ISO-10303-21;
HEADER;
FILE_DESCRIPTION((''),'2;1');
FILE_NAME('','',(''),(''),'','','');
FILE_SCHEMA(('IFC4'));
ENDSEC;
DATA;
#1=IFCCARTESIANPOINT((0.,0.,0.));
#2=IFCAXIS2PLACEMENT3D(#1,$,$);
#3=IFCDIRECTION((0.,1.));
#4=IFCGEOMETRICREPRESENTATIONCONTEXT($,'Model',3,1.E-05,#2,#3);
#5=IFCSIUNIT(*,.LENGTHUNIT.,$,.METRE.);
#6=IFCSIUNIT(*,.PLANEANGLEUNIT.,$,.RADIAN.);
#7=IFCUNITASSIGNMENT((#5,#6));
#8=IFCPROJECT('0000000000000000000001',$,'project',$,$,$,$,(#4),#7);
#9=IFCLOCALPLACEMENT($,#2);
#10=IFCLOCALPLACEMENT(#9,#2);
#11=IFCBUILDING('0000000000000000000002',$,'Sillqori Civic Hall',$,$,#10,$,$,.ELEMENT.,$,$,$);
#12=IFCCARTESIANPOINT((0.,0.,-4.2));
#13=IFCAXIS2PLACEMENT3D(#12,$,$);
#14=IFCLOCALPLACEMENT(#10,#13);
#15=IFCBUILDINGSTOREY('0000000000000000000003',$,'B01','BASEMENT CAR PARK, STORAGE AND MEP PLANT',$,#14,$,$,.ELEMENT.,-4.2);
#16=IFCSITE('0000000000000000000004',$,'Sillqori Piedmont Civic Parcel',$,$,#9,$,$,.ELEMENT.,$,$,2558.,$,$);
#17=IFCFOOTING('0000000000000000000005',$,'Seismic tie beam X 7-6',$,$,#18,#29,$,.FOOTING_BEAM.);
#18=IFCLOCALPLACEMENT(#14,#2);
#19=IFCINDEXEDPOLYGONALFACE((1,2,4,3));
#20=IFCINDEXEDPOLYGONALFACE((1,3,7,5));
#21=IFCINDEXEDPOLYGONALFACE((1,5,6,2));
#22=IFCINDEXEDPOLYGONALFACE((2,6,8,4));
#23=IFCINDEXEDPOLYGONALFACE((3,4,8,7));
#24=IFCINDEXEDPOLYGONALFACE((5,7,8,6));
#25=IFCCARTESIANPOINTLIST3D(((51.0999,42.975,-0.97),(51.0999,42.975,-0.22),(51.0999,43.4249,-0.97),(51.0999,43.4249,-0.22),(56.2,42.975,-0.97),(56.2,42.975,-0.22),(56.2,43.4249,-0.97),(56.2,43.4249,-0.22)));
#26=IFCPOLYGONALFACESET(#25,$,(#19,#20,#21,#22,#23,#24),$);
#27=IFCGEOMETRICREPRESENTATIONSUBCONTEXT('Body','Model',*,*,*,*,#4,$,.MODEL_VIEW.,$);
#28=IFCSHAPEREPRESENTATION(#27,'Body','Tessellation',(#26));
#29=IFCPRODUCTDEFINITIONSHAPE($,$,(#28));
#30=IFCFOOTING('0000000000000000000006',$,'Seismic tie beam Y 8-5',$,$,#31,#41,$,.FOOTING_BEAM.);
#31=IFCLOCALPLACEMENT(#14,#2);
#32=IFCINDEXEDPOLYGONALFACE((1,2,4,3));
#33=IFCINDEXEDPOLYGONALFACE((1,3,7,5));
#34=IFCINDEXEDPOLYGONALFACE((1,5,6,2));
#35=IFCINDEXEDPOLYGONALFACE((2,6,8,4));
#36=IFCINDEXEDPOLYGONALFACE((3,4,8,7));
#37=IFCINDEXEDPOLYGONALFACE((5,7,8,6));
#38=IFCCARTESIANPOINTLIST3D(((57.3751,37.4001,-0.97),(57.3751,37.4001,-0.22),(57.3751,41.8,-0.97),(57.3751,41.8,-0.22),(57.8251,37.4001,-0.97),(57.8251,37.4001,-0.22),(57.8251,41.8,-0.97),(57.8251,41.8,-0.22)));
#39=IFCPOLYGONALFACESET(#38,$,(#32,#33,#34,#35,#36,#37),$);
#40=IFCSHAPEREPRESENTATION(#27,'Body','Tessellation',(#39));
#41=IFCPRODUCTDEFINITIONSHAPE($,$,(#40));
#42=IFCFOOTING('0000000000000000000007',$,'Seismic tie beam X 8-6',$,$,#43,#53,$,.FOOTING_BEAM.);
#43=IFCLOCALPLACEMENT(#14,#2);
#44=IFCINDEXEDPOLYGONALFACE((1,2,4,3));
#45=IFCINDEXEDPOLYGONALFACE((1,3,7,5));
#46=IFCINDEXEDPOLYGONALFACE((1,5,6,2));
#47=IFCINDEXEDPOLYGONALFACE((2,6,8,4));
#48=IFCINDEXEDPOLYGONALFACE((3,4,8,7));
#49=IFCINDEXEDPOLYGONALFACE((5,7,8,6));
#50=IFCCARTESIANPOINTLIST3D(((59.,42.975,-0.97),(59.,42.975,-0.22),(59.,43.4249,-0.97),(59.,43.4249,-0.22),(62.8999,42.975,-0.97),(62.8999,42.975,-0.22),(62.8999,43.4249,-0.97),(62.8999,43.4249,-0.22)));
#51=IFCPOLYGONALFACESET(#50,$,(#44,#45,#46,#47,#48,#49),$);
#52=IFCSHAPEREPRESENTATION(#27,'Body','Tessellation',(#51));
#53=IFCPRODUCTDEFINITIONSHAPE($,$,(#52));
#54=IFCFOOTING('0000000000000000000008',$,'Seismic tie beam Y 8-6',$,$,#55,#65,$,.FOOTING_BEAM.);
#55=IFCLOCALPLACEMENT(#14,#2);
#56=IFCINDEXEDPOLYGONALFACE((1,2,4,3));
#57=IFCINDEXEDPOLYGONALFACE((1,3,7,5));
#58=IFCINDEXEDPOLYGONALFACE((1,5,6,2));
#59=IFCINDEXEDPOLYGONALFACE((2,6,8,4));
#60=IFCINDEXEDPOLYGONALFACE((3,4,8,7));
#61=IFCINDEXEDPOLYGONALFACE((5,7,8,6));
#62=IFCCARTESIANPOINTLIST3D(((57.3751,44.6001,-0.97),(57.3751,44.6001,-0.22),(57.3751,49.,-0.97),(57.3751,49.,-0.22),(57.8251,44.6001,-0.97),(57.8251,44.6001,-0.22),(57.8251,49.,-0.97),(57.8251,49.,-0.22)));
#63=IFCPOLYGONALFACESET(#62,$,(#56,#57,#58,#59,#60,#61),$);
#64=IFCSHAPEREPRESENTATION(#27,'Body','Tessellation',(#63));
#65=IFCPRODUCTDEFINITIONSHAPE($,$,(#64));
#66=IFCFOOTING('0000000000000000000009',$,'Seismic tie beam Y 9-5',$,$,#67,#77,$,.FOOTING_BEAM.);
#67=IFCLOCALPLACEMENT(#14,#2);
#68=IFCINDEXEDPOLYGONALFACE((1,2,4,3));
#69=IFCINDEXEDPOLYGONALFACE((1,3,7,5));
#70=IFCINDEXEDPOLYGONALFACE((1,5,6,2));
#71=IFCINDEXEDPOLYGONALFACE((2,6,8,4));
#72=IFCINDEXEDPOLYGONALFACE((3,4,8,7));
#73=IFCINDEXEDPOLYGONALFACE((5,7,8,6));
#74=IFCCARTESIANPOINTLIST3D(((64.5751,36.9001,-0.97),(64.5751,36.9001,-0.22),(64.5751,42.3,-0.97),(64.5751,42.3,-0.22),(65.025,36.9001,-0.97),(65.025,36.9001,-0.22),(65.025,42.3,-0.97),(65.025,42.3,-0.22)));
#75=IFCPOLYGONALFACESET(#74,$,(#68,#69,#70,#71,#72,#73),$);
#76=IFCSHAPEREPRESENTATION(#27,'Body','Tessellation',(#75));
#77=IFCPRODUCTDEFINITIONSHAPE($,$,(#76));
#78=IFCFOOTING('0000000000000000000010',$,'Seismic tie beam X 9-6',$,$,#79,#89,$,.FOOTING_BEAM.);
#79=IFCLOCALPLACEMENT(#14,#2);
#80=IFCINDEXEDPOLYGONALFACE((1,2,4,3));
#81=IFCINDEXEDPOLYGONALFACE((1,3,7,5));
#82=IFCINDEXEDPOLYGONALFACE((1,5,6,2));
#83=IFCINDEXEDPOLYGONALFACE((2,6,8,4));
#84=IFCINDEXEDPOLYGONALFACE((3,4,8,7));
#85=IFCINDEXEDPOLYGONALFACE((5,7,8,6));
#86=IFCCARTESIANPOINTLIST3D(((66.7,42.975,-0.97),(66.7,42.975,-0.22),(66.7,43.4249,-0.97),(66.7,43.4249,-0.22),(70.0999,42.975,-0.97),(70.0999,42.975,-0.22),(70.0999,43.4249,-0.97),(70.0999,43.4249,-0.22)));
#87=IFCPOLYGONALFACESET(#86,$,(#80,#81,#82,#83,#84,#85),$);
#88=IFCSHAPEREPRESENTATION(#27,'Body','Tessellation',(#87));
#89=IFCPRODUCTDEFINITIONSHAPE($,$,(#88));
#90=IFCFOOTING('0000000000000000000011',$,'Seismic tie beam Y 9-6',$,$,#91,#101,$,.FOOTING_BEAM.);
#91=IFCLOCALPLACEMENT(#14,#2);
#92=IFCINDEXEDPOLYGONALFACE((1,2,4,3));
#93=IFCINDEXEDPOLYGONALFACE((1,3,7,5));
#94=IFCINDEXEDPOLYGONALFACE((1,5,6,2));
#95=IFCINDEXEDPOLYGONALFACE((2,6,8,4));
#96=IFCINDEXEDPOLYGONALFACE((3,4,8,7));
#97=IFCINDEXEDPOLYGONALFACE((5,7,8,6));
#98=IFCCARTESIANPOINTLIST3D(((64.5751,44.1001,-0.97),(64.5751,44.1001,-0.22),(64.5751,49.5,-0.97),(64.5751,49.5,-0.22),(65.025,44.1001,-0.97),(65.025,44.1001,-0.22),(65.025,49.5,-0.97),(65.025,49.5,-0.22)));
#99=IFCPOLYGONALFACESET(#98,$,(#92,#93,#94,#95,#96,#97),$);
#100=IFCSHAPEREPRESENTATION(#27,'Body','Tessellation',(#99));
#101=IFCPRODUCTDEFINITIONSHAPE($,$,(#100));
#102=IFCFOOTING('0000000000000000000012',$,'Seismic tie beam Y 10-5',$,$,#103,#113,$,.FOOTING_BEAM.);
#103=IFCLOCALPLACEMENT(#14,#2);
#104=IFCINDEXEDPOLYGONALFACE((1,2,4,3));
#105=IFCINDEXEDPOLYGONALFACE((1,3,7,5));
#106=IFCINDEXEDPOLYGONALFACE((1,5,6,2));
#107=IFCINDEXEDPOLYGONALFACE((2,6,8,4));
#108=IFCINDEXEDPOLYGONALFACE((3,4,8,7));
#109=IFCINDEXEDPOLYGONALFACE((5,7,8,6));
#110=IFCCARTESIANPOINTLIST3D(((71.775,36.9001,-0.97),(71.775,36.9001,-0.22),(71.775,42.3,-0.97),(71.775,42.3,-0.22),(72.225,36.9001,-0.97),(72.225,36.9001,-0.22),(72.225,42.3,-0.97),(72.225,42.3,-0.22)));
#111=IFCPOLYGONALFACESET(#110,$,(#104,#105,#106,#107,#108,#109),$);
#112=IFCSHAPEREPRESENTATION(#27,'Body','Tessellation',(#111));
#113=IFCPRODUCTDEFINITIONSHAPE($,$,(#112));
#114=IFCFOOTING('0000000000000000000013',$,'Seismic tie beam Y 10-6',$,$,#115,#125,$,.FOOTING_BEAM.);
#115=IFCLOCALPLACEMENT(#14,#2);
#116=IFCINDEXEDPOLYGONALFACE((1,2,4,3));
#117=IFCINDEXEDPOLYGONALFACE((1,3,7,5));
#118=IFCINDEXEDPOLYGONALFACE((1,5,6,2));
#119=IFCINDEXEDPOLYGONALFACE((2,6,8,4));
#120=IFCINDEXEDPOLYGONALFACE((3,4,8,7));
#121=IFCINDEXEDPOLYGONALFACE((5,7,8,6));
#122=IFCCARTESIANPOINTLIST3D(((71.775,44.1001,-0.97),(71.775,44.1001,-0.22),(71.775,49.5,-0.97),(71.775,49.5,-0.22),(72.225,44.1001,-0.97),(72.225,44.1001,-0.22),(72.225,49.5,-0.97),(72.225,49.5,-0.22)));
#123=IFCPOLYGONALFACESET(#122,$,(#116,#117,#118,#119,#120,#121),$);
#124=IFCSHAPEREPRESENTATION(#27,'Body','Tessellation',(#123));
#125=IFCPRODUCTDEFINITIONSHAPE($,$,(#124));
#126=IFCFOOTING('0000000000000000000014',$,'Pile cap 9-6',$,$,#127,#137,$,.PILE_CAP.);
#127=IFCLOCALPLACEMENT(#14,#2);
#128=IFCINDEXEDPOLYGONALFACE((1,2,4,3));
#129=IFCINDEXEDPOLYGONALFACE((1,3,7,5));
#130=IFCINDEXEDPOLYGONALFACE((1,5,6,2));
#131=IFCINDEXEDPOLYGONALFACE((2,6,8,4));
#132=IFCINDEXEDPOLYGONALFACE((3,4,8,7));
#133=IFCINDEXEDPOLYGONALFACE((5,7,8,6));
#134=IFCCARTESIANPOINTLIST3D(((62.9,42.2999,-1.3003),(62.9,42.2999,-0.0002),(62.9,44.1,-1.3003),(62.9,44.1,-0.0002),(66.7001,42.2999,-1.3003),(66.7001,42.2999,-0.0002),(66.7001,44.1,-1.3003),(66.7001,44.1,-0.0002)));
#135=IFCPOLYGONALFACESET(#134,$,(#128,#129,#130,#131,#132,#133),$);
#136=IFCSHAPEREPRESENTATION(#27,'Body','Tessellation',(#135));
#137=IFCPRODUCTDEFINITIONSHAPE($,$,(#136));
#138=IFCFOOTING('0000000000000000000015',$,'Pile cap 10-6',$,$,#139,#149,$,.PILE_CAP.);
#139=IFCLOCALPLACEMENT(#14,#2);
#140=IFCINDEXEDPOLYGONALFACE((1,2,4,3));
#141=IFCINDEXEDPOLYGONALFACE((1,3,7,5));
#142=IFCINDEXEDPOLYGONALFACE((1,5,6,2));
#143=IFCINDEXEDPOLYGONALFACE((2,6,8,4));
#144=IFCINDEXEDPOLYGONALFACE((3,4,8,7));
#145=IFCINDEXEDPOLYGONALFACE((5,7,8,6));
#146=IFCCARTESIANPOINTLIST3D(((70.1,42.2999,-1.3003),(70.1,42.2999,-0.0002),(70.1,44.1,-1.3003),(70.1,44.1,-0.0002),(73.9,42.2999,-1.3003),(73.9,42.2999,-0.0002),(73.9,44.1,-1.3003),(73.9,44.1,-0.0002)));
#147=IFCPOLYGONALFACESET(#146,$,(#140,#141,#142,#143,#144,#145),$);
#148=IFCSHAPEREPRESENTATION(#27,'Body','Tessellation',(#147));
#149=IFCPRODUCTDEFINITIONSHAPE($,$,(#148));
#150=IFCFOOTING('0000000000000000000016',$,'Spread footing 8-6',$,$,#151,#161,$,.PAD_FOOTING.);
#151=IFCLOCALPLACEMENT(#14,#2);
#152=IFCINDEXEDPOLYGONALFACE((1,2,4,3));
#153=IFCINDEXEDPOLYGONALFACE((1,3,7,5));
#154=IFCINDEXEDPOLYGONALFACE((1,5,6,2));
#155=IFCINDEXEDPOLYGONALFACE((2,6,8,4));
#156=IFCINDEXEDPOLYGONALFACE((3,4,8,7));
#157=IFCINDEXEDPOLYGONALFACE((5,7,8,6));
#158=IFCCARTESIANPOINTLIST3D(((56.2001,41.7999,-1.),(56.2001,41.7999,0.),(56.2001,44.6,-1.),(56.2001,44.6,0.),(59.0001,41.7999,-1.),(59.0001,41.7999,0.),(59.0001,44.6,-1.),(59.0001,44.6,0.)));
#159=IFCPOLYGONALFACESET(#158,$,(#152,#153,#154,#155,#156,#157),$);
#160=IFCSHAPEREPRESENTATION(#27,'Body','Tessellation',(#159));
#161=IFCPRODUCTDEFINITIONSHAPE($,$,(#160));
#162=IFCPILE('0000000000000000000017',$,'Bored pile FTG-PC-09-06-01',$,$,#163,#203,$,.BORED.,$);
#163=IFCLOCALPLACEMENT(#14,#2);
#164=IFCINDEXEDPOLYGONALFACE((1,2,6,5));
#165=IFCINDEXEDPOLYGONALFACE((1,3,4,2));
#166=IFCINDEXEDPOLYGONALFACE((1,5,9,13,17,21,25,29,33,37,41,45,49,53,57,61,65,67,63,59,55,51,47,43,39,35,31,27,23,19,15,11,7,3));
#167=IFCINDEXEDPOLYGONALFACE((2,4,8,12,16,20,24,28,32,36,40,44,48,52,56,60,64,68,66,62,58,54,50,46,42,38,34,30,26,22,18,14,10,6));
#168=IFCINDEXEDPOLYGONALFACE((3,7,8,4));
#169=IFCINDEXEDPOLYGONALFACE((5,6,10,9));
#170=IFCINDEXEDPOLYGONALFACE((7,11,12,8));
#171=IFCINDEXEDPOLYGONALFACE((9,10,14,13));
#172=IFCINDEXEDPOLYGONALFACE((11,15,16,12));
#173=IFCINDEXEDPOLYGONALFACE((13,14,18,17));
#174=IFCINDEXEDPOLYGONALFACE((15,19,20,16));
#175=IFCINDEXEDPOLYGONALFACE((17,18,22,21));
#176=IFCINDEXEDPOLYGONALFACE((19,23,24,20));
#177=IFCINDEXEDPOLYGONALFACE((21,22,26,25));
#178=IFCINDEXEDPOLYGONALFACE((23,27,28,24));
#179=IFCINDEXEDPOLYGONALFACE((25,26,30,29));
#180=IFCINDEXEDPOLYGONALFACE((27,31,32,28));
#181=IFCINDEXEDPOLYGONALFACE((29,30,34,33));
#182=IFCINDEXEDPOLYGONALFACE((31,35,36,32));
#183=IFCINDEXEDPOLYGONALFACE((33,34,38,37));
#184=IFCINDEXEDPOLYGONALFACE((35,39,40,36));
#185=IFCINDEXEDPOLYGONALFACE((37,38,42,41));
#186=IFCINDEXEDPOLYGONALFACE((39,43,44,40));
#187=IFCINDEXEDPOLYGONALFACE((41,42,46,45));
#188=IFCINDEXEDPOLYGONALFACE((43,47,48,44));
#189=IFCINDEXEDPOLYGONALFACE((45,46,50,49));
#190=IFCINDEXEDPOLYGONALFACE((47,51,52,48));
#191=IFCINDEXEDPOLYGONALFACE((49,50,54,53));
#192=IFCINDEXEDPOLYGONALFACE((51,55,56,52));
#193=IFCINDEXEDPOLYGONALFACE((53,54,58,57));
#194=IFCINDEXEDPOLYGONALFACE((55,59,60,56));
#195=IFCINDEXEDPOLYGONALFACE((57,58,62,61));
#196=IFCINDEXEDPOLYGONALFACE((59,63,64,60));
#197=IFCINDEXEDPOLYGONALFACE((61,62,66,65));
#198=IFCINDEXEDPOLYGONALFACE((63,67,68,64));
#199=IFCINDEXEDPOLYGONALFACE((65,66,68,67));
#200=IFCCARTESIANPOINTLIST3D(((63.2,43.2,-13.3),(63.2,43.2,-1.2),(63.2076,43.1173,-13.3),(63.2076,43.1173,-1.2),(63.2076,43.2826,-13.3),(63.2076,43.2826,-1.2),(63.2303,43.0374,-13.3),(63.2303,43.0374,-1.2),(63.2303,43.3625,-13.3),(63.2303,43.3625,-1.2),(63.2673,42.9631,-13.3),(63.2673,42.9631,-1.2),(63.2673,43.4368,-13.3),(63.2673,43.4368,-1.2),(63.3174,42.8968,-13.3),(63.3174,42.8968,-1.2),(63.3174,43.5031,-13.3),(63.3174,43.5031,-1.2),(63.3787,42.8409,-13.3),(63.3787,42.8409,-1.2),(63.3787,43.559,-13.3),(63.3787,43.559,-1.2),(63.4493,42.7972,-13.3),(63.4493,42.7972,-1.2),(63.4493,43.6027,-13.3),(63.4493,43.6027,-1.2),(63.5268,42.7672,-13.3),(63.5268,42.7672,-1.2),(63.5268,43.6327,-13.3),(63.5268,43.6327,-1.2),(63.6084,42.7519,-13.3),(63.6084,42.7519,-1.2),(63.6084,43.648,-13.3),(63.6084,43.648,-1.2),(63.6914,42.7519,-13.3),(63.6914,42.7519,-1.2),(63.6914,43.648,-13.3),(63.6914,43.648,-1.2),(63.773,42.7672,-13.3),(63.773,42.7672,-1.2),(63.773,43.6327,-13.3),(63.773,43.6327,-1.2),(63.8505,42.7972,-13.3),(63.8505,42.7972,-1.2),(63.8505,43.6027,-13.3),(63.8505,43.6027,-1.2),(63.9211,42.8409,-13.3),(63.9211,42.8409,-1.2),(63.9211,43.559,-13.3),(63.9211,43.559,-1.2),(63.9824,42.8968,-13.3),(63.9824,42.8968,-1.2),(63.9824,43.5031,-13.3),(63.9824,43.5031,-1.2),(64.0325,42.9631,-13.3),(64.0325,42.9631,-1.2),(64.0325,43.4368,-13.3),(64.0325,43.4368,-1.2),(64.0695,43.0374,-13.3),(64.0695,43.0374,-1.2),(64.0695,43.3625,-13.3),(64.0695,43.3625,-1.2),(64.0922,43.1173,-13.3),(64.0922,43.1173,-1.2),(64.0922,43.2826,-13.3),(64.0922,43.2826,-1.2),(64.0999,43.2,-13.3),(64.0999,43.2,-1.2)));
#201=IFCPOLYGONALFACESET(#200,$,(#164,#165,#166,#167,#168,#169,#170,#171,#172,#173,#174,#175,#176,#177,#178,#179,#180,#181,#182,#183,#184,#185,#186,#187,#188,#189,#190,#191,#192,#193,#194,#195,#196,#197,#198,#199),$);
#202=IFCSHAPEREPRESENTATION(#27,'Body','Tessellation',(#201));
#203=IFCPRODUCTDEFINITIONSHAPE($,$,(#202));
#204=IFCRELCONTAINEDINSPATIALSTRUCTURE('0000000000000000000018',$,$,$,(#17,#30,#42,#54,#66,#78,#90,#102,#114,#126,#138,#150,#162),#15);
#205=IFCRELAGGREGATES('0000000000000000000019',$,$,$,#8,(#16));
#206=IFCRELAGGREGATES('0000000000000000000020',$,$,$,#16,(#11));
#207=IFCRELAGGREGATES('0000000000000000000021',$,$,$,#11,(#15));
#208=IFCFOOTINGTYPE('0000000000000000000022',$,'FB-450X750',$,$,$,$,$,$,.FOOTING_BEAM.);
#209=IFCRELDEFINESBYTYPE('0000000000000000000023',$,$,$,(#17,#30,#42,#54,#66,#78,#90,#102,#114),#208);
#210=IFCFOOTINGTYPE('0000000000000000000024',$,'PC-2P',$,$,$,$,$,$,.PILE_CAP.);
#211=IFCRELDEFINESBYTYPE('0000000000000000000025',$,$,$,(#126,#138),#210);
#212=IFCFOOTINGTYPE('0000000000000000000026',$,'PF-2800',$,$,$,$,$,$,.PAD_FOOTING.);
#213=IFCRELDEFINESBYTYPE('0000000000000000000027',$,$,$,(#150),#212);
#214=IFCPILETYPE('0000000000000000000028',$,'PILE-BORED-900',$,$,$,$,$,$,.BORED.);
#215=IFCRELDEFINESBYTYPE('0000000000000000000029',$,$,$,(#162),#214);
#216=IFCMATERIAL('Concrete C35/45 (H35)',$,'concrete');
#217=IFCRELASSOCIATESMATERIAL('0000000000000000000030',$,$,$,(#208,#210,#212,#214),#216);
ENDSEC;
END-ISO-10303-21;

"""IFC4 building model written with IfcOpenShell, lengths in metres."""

from ifc_helpers import new_model, si_unit, direction, frame, origin, origin_2d, place, context, subcontext, project, spatial, rectangle, circle, extrude, material, material_profile, profile_set, type_object, element, save


model = new_model("IFC4")

# Units and contexts
model_context = context("Model", 3, precision=1e-05, world=origin(), true_north=direction((0.0, 1.0)))
body_context = subcontext(model_context, "Body", "Model", "MODEL_VIEW")
ifc_project = project(units=[si_unit("LENGTHUNIT", "METRE"), si_unit("PLANEANGLEUNIT", "RADIAN")], contexts=[model_context])

# Site, building, storey
site_placement = place(None, origin())
site = spatial("IfcSite", under=ifc_project, at=site_placement, Name="Sillqori Piedmont Civic Parcel", CompositionType="ELEMENT", RefElevation=2558.0)
building_placement = place(site_placement, origin())
building = spatial("IfcBuilding", under=site, at=building_placement, Name="Sillqori Civic Hall", CompositionType="ELEMENT")
storey_placement = place(building_placement, frame((0.0, 0.0, -4.2)))
storey = spatial("IfcBuildingStorey", under=building, at=storey_placement, Name="B01", Description="BASEMENT CAR PARK, STORAGE AND MEP PLANT", CompositionType="ELEMENT", Elevation=-4.2)

# Footings
ifc_material = material(Name="Concrete C35/45 (H35)", Category="concrete")
footing_type_1 = type_object("IfcFootingType", Name="FB-450X750", PredefinedType="FOOTING_BEAM", material=ifc_material)
footing_1_placement = place(storey_placement, frame((53.6499, 43.2, -0.97), z_axis=(0.0, 0.0, 1.0), x_axis=(1.0, 0.0, 0.0)))
element("IfcFooting", 1, at=footing_1_placement, inside=storey, type_object=footing_type_1, Name="Seismic tie beam X 7-6", PredefinedType="FOOTING_BEAM", context=body_context, shape_type="SweptSolid", body=[
    extrude(rectangle(XDim=5.1001, YDim=0.45, at=origin_2d()), origin(), (0.0, 0.0, 1.0), 0.75),
])
footing_2_placement = place(storey_placement, frame((57.6001, 39.6001, -0.97), z_axis=(0.0, 0.0, 1.0), x_axis=(1.0, 0.0, 0.0)))
element("IfcFooting", 2, at=footing_2_placement, inside=storey, type_object=footing_type_1, Name="Seismic tie beam Y 8-5", PredefinedType="FOOTING_BEAM", context=body_context, shape_type="SweptSolid", body=[
    extrude(rectangle(XDim=0.45, YDim=4.3999, at=origin_2d()), origin(), (0.0, 0.0, 1.0), 0.75),
])
footing_3_placement = place(storey_placement, frame((60.95, 43.2, -0.97), z_axis=(0.0, 0.0, 1.0), x_axis=(1.0, 0.0, 0.0)))
element("IfcFooting", 3, at=footing_3_placement, inside=storey, type_object=footing_type_1, Name="Seismic tie beam X 8-6", PredefinedType="FOOTING_BEAM", context=body_context, shape_type="SweptSolid", body=[
    extrude(rectangle(XDim=3.8999, YDim=0.45, at=origin_2d()), origin(), (0.0, 0.0, 1.0), 0.75),
])
footing_4_placement = place(storey_placement, frame((57.6001, 46.8, -0.97), z_axis=(0.0, 0.0, 1.0), x_axis=(1.0, 0.0, 0.0)))
element("IfcFooting", 4, at=footing_4_placement, inside=storey, type_object=footing_type_1, Name="Seismic tie beam Y 8-6", PredefinedType="FOOTING_BEAM", context=body_context, shape_type="SweptSolid", body=[
    extrude(rectangle(XDim=0.45, YDim=4.3999, at=origin_2d()), origin(), (0.0, 0.0, 1.0), 0.75),
])
footing_5_placement = place(storey_placement, frame((64.8, 39.6001, -0.97), z_axis=(0.0, 0.0, 1.0), x_axis=(1.0, 0.0, 0.0)))
element("IfcFooting", 5, at=footing_5_placement, inside=storey, type_object=footing_type_1, Name="Seismic tie beam Y 9-5", PredefinedType="FOOTING_BEAM", context=body_context, shape_type="SweptSolid", body=[
    extrude(rectangle(XDim=0.45, YDim=5.3999, at=origin_2d()), origin(), (0.0, 0.0, 1.0), 0.75),
])
footing_6_placement = place(storey_placement, frame((68.3999, 43.2, -0.97), z_axis=(0.0, 0.0, 1.0), x_axis=(1.0, 0.0, 0.0)))
element("IfcFooting", 6, at=footing_6_placement, inside=storey, type_object=footing_type_1, Name="Seismic tie beam X 9-6", PredefinedType="FOOTING_BEAM", context=body_context, shape_type="SweptSolid", body=[
    extrude(rectangle(XDim=3.3999, YDim=0.45, at=origin_2d()), origin(), (0.0, 0.0, 1.0), 0.75),
])
for number, where, z_axis, x_axis, name in (
    (7, (64.8, 46.8, -0.97), (0.0, 0.0, 1.0), (1.0, 0.0, 0.0), "Seismic tie beam Y 9-6"),
    (8, (72.0, 39.6001, -0.97), (0.0, 0.0, 1.0), (1.0, 0.0, 0.0), "Seismic tie beam Y 10-5"),
    (9, (72.0, 46.8, -0.97), (0.0, 0.0, 1.0), (1.0, 0.0, 0.0), "Seismic tie beam Y 10-6"),
):
    element("IfcFooting", number, at=place(storey_placement, frame(where, z_axis=z_axis, x_axis=x_axis)), inside=storey, type_object=footing_type_1, Name=name, PredefinedType="FOOTING_BEAM", context=body_context, shape_type="SweptSolid", body=[
        extrude(rectangle(XDim=0.45, YDim=5.3999, at=origin_2d()), origin(), (0.0, 0.0, 1.0), 0.75),
    ])
footing_type_2 = type_object("IfcFootingType", Name="PC-2P", PredefinedType="PILE_CAP", material=ifc_material)
for number, where, z_axis, x_axis, name in (
    (10, (64.8, 43.2, -1.3003), (0.0, 0.0, 1.0), (1.0, 0.0, 0.0), "Pile cap 9-6"),
    (11, (72.0, 43.2, -1.3003), (0.0, 0.0, 1.0), (1.0, 0.0, 0.0), "Pile cap 10-6"),
):
    element("IfcFooting", number, at=place(storey_placement, frame(where, z_axis=z_axis, x_axis=x_axis)), inside=storey, type_object=footing_type_2, Name=name, PredefinedType="PILE_CAP", context=body_context, shape_type="SweptSolid", body=[
        extrude(rectangle(XDim=3.8, YDim=1.8, at=origin_2d()), origin(), (0.0, 0.0, 1.0), 1.3),
    ])
footing_type_3 = type_object("IfcFootingType", Name="PF-2800", PredefinedType="PAD_FOOTING", material=ifc_material)
footing_7_placement = place(storey_placement, frame((57.6001, 43.2, -1.0), z_axis=(0.0, 0.0, 1.0), x_axis=(1.0, 0.0, 0.0)))
element("IfcFooting", 12, at=footing_7_placement, inside=storey, type_object=footing_type_3, Name="Spread footing 8-6", PredefinedType="PAD_FOOTING", context=body_context, shape_type="SweptSolid", body=[
    extrude(rectangle(XDim=2.8, YDim=2.8, at=origin_2d()), origin(), (0.0, 0.0, 1.0), 1.0),
])

# Pile
ifc_material_profile_1 = material_profile(ifc_material, circle(Radius=0.45, at=origin_2d()), Name="BORED PILE 900")
ifc_profile_set_1 = profile_set([ifc_material_profile_1], Name="Concrete C35/45 (H35)")
pile_type = type_object("IfcPileType", Name="PILE-BORED-900", PredefinedType="BORED", material=ifc_profile_set_1)
for number, where, z_axis, x_axis, name in (
    (13, (63.6499, 43.2, -1.2), (0.0, 0.0, -1.0), (1.0, 0.0, 0.0), "Bored pile FTG-PC-09-06-01"),
):
    element("IfcPile", number, at=place(storey_placement, frame(where, z_axis=z_axis, x_axis=x_axis)), inside=storey, type_object=pile_type, Name=name, PredefinedType="BORED", context=body_context, shape_type="SweptSolid", body=[
        extrude(circle(Radius=0.45, at=origin_2d()), origin(), (0.0, 0.0, 1.0), 12.1001),
    ])

save(model, "model.ifc")
